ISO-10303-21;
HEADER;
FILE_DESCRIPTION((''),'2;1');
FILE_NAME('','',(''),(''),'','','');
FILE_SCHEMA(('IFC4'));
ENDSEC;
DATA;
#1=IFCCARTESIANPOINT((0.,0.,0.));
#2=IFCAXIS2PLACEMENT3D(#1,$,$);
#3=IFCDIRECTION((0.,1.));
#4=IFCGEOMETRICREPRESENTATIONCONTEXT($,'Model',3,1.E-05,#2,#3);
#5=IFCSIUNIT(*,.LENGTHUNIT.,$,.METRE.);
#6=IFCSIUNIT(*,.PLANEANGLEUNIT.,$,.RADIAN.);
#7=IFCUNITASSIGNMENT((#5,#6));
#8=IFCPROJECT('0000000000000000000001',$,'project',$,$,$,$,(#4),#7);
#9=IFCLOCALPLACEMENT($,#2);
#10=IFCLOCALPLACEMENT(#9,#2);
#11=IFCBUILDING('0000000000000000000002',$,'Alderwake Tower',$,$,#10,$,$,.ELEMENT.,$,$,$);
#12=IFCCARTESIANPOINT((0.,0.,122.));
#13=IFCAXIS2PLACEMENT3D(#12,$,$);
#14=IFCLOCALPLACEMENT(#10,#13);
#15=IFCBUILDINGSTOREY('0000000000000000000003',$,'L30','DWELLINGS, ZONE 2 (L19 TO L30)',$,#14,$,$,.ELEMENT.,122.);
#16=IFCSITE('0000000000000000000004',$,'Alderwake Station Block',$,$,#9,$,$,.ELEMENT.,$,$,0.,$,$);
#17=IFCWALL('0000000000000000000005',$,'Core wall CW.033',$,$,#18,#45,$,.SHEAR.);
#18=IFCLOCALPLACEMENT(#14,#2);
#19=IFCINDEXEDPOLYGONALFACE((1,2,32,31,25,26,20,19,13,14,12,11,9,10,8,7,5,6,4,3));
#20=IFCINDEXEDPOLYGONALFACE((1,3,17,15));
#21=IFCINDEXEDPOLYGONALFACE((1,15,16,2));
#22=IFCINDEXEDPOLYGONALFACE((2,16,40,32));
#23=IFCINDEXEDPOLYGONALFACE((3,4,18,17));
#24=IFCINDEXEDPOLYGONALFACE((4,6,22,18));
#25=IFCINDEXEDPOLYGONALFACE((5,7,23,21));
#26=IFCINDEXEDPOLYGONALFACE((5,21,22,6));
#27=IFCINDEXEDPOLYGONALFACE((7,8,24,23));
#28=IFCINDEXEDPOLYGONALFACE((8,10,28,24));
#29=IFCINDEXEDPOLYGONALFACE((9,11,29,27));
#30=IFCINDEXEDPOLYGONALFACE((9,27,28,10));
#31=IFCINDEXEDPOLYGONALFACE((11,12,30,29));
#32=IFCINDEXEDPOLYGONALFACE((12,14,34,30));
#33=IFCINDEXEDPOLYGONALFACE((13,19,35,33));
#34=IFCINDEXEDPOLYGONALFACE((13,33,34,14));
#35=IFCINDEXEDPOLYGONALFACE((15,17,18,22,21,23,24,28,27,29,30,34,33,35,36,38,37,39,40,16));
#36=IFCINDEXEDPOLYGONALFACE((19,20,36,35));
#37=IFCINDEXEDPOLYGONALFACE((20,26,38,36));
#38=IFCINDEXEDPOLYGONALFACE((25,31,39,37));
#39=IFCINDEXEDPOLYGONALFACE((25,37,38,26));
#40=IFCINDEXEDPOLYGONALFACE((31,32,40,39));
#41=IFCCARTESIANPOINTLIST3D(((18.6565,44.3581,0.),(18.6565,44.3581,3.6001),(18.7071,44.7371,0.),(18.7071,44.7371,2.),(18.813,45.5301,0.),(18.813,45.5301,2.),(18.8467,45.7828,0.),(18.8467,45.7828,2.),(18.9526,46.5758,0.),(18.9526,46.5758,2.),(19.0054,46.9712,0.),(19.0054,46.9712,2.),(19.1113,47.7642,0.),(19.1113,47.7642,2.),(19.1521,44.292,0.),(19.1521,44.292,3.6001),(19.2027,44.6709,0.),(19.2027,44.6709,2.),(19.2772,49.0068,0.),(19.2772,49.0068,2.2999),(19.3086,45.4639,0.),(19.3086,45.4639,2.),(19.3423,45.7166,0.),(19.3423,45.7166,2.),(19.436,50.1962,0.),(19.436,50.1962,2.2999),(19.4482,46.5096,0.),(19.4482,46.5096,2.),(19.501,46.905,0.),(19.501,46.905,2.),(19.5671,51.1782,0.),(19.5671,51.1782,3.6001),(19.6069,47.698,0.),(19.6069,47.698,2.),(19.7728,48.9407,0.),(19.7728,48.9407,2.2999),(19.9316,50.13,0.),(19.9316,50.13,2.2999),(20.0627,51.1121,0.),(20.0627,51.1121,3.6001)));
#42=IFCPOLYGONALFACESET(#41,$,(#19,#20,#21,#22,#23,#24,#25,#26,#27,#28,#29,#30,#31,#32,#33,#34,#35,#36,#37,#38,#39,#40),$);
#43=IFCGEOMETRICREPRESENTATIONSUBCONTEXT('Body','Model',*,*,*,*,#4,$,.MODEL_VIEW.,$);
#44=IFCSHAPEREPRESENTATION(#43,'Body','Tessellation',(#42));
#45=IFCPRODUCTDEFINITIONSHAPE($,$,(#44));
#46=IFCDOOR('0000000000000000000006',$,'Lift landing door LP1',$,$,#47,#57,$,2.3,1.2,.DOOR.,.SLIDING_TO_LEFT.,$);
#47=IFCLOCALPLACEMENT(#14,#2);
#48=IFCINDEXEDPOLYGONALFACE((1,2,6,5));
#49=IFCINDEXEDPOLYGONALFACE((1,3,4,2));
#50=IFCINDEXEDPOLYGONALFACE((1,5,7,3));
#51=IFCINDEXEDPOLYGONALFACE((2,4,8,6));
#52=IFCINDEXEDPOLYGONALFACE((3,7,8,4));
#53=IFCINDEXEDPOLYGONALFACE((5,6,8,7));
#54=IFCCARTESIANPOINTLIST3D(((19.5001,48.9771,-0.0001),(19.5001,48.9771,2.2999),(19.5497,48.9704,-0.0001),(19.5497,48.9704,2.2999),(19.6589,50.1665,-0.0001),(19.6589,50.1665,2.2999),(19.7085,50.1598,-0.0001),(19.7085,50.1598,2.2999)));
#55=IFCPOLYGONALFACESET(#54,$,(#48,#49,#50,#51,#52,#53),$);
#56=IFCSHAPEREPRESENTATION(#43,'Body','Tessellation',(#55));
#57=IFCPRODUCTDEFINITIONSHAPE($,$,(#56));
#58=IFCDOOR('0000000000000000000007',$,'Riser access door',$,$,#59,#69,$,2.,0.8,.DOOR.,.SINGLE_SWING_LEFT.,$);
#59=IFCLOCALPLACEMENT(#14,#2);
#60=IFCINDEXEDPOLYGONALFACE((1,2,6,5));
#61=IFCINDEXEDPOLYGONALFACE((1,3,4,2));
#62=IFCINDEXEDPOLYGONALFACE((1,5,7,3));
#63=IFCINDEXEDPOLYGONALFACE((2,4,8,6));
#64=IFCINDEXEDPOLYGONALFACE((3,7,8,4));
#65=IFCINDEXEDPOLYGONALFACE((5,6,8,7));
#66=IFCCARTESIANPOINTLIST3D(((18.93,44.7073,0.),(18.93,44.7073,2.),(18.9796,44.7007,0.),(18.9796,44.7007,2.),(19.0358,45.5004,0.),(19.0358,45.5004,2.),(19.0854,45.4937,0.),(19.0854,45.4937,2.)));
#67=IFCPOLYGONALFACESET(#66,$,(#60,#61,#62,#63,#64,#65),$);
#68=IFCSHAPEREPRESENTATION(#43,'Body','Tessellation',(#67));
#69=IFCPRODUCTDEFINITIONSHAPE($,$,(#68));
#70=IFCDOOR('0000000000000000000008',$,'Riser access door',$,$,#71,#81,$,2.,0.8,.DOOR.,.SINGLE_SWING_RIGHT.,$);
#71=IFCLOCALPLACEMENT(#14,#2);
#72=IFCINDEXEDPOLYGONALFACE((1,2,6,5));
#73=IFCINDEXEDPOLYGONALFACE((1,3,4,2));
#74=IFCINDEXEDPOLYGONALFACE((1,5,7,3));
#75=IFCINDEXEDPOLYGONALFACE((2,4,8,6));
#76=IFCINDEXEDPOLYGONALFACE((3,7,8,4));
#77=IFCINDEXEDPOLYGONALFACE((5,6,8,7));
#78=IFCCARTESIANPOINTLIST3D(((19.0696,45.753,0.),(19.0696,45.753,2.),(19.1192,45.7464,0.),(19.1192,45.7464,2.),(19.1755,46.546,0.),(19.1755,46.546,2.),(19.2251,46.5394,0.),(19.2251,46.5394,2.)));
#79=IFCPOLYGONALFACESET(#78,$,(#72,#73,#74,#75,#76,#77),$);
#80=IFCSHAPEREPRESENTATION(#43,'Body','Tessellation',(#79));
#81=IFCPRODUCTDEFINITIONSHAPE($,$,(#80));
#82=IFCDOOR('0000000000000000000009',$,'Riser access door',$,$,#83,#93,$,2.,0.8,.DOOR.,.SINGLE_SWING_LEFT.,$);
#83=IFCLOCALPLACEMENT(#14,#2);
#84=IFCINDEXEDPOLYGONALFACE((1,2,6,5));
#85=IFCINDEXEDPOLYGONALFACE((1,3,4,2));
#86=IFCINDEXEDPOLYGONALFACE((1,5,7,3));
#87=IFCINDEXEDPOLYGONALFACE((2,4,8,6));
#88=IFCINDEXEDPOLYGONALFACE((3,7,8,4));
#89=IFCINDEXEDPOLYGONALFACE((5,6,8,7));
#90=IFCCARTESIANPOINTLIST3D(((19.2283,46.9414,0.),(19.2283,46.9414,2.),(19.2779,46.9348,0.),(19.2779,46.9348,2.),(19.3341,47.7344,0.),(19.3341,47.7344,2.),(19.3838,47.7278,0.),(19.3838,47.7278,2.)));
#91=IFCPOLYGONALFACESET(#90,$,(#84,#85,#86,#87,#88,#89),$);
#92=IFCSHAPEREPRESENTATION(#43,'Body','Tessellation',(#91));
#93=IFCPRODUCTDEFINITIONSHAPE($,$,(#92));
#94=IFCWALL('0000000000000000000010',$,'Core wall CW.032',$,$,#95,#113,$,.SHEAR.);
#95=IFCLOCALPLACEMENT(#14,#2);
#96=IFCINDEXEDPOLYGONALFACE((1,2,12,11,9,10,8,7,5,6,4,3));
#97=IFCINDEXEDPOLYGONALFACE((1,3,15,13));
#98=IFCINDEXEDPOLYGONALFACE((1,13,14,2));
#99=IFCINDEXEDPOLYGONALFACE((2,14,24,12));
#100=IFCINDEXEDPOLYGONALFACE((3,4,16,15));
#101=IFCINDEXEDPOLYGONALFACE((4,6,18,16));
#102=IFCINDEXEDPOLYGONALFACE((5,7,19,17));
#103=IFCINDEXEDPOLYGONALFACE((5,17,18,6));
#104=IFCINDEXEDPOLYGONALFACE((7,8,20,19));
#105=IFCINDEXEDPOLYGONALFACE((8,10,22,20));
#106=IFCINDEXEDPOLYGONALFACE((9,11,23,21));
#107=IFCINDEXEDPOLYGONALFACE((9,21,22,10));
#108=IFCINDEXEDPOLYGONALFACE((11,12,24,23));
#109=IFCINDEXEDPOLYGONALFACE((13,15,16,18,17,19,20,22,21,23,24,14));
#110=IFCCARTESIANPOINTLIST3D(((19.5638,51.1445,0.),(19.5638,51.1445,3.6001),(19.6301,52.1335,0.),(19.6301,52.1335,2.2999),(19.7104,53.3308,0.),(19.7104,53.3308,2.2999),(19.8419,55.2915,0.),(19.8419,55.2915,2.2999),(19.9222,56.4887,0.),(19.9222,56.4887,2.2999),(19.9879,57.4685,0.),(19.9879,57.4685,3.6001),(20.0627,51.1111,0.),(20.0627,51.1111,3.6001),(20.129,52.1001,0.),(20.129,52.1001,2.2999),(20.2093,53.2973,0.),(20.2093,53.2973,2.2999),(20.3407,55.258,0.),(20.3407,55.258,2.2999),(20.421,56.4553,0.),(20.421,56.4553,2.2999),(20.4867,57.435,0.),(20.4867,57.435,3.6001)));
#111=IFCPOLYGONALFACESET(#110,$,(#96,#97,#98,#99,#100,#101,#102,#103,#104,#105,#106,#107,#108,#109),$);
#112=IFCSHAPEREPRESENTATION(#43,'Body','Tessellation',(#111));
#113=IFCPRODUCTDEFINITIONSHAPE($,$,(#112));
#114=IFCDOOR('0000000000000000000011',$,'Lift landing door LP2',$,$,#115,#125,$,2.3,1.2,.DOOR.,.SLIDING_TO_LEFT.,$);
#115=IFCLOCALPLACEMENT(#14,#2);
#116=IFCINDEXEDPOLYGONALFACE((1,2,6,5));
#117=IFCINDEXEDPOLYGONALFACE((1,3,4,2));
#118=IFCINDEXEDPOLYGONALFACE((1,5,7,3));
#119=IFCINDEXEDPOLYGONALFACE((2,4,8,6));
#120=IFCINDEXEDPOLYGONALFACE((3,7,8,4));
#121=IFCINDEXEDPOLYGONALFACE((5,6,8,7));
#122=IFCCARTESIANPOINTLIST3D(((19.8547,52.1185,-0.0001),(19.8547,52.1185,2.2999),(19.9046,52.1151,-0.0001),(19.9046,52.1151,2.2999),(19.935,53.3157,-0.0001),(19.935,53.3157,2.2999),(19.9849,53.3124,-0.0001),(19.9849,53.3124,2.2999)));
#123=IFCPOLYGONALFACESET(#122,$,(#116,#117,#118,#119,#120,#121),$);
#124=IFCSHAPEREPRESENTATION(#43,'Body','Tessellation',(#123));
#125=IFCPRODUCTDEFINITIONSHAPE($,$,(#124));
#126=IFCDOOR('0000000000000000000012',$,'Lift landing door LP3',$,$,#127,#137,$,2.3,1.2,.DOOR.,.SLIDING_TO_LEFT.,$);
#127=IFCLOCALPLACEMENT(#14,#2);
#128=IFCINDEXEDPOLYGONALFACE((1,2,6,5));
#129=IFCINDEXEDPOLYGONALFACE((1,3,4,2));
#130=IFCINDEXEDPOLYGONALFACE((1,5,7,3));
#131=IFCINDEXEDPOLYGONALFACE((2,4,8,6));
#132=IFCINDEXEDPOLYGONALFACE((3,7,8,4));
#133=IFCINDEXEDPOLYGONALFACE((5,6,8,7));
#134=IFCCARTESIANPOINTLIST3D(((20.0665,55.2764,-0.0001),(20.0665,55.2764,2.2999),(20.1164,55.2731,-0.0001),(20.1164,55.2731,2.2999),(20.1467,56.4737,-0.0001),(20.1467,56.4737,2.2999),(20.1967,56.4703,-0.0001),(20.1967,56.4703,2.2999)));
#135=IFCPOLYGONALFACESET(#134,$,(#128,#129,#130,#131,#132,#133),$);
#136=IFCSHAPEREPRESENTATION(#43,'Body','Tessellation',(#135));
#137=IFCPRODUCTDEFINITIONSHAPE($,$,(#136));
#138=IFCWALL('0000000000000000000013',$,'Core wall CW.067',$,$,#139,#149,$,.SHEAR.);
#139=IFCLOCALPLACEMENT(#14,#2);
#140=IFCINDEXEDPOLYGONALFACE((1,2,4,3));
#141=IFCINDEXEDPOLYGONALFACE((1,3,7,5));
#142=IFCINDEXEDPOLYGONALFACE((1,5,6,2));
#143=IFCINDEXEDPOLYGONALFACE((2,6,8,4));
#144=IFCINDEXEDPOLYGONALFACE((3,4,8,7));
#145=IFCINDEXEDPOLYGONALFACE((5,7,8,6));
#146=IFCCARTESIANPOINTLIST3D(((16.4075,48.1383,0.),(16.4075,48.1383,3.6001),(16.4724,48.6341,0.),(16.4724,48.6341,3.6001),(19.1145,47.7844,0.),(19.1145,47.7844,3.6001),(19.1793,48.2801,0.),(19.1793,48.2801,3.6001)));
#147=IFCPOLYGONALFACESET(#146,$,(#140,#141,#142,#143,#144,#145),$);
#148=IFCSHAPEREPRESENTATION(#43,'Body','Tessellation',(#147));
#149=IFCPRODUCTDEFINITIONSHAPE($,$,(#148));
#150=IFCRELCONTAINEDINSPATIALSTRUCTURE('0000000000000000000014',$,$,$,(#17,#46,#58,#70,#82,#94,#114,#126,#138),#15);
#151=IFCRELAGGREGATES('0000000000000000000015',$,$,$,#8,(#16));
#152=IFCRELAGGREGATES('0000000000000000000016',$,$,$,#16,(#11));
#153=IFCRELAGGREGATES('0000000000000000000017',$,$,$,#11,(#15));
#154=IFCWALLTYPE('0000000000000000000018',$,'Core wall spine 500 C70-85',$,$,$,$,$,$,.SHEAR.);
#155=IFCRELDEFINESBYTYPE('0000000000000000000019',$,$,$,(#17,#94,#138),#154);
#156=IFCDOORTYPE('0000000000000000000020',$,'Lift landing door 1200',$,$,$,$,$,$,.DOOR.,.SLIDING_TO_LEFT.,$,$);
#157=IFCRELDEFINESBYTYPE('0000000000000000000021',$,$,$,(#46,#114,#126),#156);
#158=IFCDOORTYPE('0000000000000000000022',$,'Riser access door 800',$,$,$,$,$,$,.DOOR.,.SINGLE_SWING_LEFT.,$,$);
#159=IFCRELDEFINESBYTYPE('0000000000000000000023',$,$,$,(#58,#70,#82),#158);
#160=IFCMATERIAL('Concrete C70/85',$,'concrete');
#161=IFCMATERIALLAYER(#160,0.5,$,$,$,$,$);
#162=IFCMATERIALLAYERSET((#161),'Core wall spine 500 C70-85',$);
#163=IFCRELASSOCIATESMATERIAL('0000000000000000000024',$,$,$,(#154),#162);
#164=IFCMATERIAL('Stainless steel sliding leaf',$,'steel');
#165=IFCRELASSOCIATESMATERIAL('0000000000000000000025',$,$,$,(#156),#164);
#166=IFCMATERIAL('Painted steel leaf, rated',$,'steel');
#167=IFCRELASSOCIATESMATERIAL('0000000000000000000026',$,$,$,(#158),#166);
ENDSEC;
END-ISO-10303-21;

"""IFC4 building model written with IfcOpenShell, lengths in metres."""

from ifc_helpers import new_model, si_unit, direction, frame, frame_2d, origin, place, context, subcontext, project, spatial, rectangle, extrude, material, layer, layer_set, type_object, element, fill, save


model = new_model("IFC4")

# Units and contexts
model_context = context("Model", 3, precision=1e-05, world=origin(), true_north=direction((0.0, 1.0)))
body_context = subcontext(model_context, "Body", "Model", "MODEL_VIEW")
ifc_project = project(units=[si_unit("LENGTHUNIT", "METRE"), si_unit("PLANEANGLEUNIT", "RADIAN")], contexts=[model_context])

# Site, building, storey
site_placement = place(None, origin())
site = spatial("IfcSite", under=ifc_project, at=site_placement, Name="Alderwake Station Block", CompositionType="ELEMENT", RefElevation=0.0)
building_placement = place(site_placement, origin())
building = spatial("IfcBuilding", under=site, at=building_placement, Name="Alderwake Tower", CompositionType="ELEMENT")
storey_placement = place(building_placement, frame((0.0, 0.0, 122.0)))
storey = spatial("IfcBuildingStorey", under=building, at=storey_placement, Name="L30", Description="DWELLINGS, ZONE 2 (L19 TO L30)", CompositionType="ELEMENT", Elevation=122.0)

# Walls, openings, doors
ifc_material_1 = material(Name="Concrete C70/85", Category="concrete")
ifc_layer_1 = layer(ifc_material_1, 0.5)
ifc_layer_set_1 = layer_set([ifc_layer_1], Name="Core wall spine 500 C70-85")
wall_type_1 = type_object("IfcWallType", Name="Core wall spine 500 C70-85", PredefinedType="SHEAR", material=ifc_layer_set_1)
wall_1_placement = place(storey_placement, frame((19.8149, 51.1453, 0.0), z_axis=(0.0, 0.0, 1.0), x_axis=(-0.13235, -0.991203, 0.0)))
wall_1 = element("IfcWall", 1, at=wall_1_placement, inside=storey, type_object=wall_type_1, Name="Core wall CW.033", PredefinedType="SHEAR", context=body_context, shape_type="SweptSolid", body=[
    extrude(rectangle(XDim=6.8806, YDim=0.5, at=frame_2d((3.4404, 0.0))), origin(), (0.0, 0.0, 1.0), 3.6001),
])
opening_1_placement = place(wall_1_placement, frame((0.9907, 0.0, 0.0)))
opening_1 = element("IfcOpeningElement", 2, at=opening_1_placement, cuts=wall_1, PredefinedType="OPENING", context=body_context, shape_type="SweptSolid", body=[
    extrude(rectangle(XDim=1.2, YDim=2.3, at=frame_2d((0.6001, 1.1499))), frame((0.0, 0.26, 0.0), z_axis=(0.0, -1.0, 0.0), x_axis=(1.0, 0.0, 0.0)), (0.0, 0.0, 1.0), 0.52),
])
opening_2_placement = place(wall_1_placement, frame((5.6985, 0.0, 0.0)))
opening_2 = element("IfcOpeningElement", 3, at=opening_2_placement, cuts=wall_1, PredefinedType="OPENING", context=body_context, shape_type="SweptSolid", body=[
    extrude(rectangle(XDim=0.8, YDim=2.0, at=frame_2d((0.3999, 1.0))), frame((0.0, 0.26, 0.0), z_axis=(0.0, -1.0, 0.0), x_axis=(1.0, 0.0, 0.0)), (0.0, 0.0, 1.0), 0.52),
])
opening_3_placement = place(wall_1_placement, frame((4.6436, 0.0, 0.0)))
opening_3 = element("IfcOpeningElement", 4, at=opening_3_placement, cuts=wall_1, PredefinedType="OPENING", context=body_context, shape_type="SweptSolid", body=[
    extrude(rectangle(XDim=0.8, YDim=2.0, at=frame_2d((0.3999, 1.0))), frame((0.0, 0.26, 0.0), z_axis=(0.0, -1.0, 0.0), x_axis=(1.0, 0.0, 0.0)), (0.0, 0.0, 1.0), 0.52),
])
opening_4_placement = place(wall_1_placement, frame((3.4446, 0.0, 0.0)))
opening_4 = element("IfcOpeningElement", 5, at=opening_4_placement, cuts=wall_1, PredefinedType="OPENING", context=body_context, shape_type="SweptSolid", body=[
    extrude(rectangle(XDim=0.8, YDim=2.0, at=frame_2d((0.3999, 1.0))), frame((0.0, 0.26, 0.0), z_axis=(0.0, -1.0, 0.0), x_axis=(1.0, 0.0, 0.0)), (0.0, 0.0, 1.0), 0.52),
])
ifc_material_2 = material(Name="Stainless steel sliding leaf", Category="steel")
door_type_1 = type_object("IfcDoorType", Name="Lift landing door 1200", OperationType="SLIDING_TO_LEFT", PredefinedType="DOOR", material=ifc_material_2)
door_1_placement = place(opening_1_placement, origin())
door_1 = element("IfcDoor", 6, at=door_1_placement, inside=storey, type_object=door_type_1, Name="Lift landing door LP1", OperationType="SLIDING_TO_LEFT", OverallHeight=2.3, OverallWidth=1.2, PredefinedType="DOOR", context=body_context, shape_type="SweptSolid", body=[
    extrude(rectangle(XDim=1.2, YDim=2.3, at=frame_2d((0.6001, 1.1499))), frame((0.0, 0.0249, 0.0), z_axis=(0.0, -1.0, 0.0), x_axis=(1.0, 0.0, 0.0)), (0.0, 0.0, 1.0), 0.05),
])
fill(opening_1, door_1)
ifc_material_3 = material(Name="Painted steel leaf, rated", Category="steel")
door_type_2 = type_object("IfcDoorType", Name="Riser access door 800", OperationType="SINGLE_SWING_LEFT", PredefinedType="DOOR", material=ifc_material_3)
door_2_placement = place(opening_2_placement, origin())
door_2 = element("IfcDoor", 7, at=door_2_placement, inside=storey, type_object=door_type_2, Name="Riser access door", OperationType="SINGLE_SWING_LEFT", OverallHeight=2.0, OverallWidth=0.8, PredefinedType="DOOR", context=body_context, shape_type="SweptSolid", body=[
    extrude(rectangle(XDim=0.8, YDim=2.0, at=frame_2d((0.3999, 1.0))), frame((0.0, 0.0249, 0.0), z_axis=(0.0, -1.0, 0.0), x_axis=(1.0, 0.0, 0.0)), (0.0, 0.0, 1.0), 0.05),
])
fill(opening_2, door_2)
door_3_placement = place(opening_3_placement, origin())
door_3 = element("IfcDoor", 8, at=door_3_placement, inside=storey, type_object=door_type_2, Name="Riser access door", OperationType="SINGLE_SWING_RIGHT", OverallHeight=2.0, OverallWidth=0.8, PredefinedType="DOOR", context=body_context, shape_type="SweptSolid", body=[
    extrude(rectangle(XDim=0.8, YDim=2.0, at=frame_2d((0.3999, 1.0))), frame((0.0, 0.0249, 0.0), z_axis=(0.0, -1.0, 0.0), x_axis=(1.0, 0.0, 0.0)), (0.0, 0.0, 1.0), 0.05),
])
fill(opening_3, door_3)
door_4_placement = place(opening_4_placement, origin())
door_4 = element("IfcDoor", 9, at=door_4_placement, inside=storey, type_object=door_type_2, Name="Riser access door", OperationType="SINGLE_SWING_LEFT", OverallHeight=2.0, OverallWidth=0.8, PredefinedType="DOOR", context=body_context, shape_type="SweptSolid", body=[
    extrude(rectangle(XDim=0.8, YDim=2.0, at=frame_2d((0.3999, 1.0))), frame((0.0, 0.0249, 0.0), z_axis=(0.0, -1.0, 0.0), x_axis=(1.0, 0.0, 0.0)), (0.0, 0.0, 1.0), 0.05),
])
fill(opening_4, door_4)
wall_2_placement = place(storey_placement, frame((19.8132, 51.1279, 0.0), z_axis=(0.0, 0.0, 1.0), x_axis=(0.066908, 0.997759, 0.0)))
wall_2 = element("IfcWall", 10, at=wall_2_placement, inside=storey, type_object=wall_type_1, Name="Core wall CW.032", PredefinedType="SHEAR", context=body_context, shape_type="SweptSolid", body=[
    extrude(rectangle(XDim=6.3381, YDim=0.5, at=frame_2d((3.1689, 0.0))), origin(), (0.0, 0.0, 1.0), 3.6001),
])
opening_5_placement = place(wall_2_placement, frame((0.991, 0.0, 0.0)))
opening_5 = element("IfcOpeningElement", 11, at=opening_5_placement, cuts=wall_2, PredefinedType="OPENING", context=body_context, shape_type="SweptSolid", body=[
    extrude(rectangle(XDim=1.2, YDim=2.3, at=frame_2d((0.6001, 1.1499))), frame((0.0, 0.26, 0.0), z_axis=(0.0, -1.0, 0.0), x_axis=(1.0, 0.0, 0.0)), (0.0, 0.0, 1.0), 0.52),
])
opening_6_placement = place(wall_2_placement, frame((4.156, 0.0, 0.0)))
opening_6 = element("IfcOpeningElement", 12, at=opening_6_placement, cuts=wall_2, PredefinedType="OPENING", context=body_context, shape_type="SweptSolid", body=[
    extrude(rectangle(XDim=1.2, YDim=2.3, at=frame_2d((0.6001, 1.1499))), frame((0.0, 0.26, 0.0), z_axis=(0.0, -1.0, 0.0), x_axis=(1.0, 0.0, 0.0)), (0.0, 0.0, 1.0), 0.52),
])
door_5_placement = place(opening_5_placement, origin())
door_5 = element("IfcDoor", 13, at=door_5_placement, inside=storey, type_object=door_type_1, Name="Lift landing door LP2", OperationType="SLIDING_TO_LEFT", OverallHeight=2.3, OverallWidth=1.2, PredefinedType="DOOR", context=body_context, shape_type="SweptSolid", body=[
    extrude(rectangle(XDim=1.2, YDim=2.3, at=frame_2d((0.6001, 1.1499))), frame((0.0, 0.0249, 0.0), z_axis=(0.0, -1.0, 0.0), x_axis=(1.0, 0.0, 0.0)), (0.0, 0.0, 1.0), 0.05),
])
fill(opening_5, door_5)
door_6_placement = place(opening_6_placement, origin())
door_6 = element("IfcDoor", 14, at=door_6_placement, inside=storey, type_object=door_type_1, Name="Lift landing door LP3", OperationType="SLIDING_TO_LEFT", OverallHeight=2.3, OverallWidth=1.2, PredefinedType="DOOR", context=body_context, shape_type="SweptSolid", body=[
    extrude(rectangle(XDim=1.2, YDim=2.3, at=frame_2d((0.6001, 1.1499))), frame((0.0, 0.0249, 0.0), z_axis=(0.0, -1.0, 0.0), x_axis=(1.0, 0.0, 0.0)), (0.0, 0.0, 1.0), 0.05),
])
fill(opening_6, door_6)

# Wall
wall_3_placement = place(storey_placement, frame((16.4399, 48.3862, 0.0), z_axis=(0.0, 0.0, 1.0), x_axis=(0.991557, -0.129668, 0.0)))
element("IfcWall", 15, at=wall_3_placement, inside=storey, type_object=wall_type_1, Name="Core wall CW.067", PredefinedType="SHEAR", context=body_context, shape_type="SweptSolid", body=[
    extrude(rectangle(XDim=2.73, YDim=0.5, at=frame_2d((1.365, 0.0))), origin(), (0.0, 0.0, 1.0), 3.6001),
])

save(model, "model.ifc")
